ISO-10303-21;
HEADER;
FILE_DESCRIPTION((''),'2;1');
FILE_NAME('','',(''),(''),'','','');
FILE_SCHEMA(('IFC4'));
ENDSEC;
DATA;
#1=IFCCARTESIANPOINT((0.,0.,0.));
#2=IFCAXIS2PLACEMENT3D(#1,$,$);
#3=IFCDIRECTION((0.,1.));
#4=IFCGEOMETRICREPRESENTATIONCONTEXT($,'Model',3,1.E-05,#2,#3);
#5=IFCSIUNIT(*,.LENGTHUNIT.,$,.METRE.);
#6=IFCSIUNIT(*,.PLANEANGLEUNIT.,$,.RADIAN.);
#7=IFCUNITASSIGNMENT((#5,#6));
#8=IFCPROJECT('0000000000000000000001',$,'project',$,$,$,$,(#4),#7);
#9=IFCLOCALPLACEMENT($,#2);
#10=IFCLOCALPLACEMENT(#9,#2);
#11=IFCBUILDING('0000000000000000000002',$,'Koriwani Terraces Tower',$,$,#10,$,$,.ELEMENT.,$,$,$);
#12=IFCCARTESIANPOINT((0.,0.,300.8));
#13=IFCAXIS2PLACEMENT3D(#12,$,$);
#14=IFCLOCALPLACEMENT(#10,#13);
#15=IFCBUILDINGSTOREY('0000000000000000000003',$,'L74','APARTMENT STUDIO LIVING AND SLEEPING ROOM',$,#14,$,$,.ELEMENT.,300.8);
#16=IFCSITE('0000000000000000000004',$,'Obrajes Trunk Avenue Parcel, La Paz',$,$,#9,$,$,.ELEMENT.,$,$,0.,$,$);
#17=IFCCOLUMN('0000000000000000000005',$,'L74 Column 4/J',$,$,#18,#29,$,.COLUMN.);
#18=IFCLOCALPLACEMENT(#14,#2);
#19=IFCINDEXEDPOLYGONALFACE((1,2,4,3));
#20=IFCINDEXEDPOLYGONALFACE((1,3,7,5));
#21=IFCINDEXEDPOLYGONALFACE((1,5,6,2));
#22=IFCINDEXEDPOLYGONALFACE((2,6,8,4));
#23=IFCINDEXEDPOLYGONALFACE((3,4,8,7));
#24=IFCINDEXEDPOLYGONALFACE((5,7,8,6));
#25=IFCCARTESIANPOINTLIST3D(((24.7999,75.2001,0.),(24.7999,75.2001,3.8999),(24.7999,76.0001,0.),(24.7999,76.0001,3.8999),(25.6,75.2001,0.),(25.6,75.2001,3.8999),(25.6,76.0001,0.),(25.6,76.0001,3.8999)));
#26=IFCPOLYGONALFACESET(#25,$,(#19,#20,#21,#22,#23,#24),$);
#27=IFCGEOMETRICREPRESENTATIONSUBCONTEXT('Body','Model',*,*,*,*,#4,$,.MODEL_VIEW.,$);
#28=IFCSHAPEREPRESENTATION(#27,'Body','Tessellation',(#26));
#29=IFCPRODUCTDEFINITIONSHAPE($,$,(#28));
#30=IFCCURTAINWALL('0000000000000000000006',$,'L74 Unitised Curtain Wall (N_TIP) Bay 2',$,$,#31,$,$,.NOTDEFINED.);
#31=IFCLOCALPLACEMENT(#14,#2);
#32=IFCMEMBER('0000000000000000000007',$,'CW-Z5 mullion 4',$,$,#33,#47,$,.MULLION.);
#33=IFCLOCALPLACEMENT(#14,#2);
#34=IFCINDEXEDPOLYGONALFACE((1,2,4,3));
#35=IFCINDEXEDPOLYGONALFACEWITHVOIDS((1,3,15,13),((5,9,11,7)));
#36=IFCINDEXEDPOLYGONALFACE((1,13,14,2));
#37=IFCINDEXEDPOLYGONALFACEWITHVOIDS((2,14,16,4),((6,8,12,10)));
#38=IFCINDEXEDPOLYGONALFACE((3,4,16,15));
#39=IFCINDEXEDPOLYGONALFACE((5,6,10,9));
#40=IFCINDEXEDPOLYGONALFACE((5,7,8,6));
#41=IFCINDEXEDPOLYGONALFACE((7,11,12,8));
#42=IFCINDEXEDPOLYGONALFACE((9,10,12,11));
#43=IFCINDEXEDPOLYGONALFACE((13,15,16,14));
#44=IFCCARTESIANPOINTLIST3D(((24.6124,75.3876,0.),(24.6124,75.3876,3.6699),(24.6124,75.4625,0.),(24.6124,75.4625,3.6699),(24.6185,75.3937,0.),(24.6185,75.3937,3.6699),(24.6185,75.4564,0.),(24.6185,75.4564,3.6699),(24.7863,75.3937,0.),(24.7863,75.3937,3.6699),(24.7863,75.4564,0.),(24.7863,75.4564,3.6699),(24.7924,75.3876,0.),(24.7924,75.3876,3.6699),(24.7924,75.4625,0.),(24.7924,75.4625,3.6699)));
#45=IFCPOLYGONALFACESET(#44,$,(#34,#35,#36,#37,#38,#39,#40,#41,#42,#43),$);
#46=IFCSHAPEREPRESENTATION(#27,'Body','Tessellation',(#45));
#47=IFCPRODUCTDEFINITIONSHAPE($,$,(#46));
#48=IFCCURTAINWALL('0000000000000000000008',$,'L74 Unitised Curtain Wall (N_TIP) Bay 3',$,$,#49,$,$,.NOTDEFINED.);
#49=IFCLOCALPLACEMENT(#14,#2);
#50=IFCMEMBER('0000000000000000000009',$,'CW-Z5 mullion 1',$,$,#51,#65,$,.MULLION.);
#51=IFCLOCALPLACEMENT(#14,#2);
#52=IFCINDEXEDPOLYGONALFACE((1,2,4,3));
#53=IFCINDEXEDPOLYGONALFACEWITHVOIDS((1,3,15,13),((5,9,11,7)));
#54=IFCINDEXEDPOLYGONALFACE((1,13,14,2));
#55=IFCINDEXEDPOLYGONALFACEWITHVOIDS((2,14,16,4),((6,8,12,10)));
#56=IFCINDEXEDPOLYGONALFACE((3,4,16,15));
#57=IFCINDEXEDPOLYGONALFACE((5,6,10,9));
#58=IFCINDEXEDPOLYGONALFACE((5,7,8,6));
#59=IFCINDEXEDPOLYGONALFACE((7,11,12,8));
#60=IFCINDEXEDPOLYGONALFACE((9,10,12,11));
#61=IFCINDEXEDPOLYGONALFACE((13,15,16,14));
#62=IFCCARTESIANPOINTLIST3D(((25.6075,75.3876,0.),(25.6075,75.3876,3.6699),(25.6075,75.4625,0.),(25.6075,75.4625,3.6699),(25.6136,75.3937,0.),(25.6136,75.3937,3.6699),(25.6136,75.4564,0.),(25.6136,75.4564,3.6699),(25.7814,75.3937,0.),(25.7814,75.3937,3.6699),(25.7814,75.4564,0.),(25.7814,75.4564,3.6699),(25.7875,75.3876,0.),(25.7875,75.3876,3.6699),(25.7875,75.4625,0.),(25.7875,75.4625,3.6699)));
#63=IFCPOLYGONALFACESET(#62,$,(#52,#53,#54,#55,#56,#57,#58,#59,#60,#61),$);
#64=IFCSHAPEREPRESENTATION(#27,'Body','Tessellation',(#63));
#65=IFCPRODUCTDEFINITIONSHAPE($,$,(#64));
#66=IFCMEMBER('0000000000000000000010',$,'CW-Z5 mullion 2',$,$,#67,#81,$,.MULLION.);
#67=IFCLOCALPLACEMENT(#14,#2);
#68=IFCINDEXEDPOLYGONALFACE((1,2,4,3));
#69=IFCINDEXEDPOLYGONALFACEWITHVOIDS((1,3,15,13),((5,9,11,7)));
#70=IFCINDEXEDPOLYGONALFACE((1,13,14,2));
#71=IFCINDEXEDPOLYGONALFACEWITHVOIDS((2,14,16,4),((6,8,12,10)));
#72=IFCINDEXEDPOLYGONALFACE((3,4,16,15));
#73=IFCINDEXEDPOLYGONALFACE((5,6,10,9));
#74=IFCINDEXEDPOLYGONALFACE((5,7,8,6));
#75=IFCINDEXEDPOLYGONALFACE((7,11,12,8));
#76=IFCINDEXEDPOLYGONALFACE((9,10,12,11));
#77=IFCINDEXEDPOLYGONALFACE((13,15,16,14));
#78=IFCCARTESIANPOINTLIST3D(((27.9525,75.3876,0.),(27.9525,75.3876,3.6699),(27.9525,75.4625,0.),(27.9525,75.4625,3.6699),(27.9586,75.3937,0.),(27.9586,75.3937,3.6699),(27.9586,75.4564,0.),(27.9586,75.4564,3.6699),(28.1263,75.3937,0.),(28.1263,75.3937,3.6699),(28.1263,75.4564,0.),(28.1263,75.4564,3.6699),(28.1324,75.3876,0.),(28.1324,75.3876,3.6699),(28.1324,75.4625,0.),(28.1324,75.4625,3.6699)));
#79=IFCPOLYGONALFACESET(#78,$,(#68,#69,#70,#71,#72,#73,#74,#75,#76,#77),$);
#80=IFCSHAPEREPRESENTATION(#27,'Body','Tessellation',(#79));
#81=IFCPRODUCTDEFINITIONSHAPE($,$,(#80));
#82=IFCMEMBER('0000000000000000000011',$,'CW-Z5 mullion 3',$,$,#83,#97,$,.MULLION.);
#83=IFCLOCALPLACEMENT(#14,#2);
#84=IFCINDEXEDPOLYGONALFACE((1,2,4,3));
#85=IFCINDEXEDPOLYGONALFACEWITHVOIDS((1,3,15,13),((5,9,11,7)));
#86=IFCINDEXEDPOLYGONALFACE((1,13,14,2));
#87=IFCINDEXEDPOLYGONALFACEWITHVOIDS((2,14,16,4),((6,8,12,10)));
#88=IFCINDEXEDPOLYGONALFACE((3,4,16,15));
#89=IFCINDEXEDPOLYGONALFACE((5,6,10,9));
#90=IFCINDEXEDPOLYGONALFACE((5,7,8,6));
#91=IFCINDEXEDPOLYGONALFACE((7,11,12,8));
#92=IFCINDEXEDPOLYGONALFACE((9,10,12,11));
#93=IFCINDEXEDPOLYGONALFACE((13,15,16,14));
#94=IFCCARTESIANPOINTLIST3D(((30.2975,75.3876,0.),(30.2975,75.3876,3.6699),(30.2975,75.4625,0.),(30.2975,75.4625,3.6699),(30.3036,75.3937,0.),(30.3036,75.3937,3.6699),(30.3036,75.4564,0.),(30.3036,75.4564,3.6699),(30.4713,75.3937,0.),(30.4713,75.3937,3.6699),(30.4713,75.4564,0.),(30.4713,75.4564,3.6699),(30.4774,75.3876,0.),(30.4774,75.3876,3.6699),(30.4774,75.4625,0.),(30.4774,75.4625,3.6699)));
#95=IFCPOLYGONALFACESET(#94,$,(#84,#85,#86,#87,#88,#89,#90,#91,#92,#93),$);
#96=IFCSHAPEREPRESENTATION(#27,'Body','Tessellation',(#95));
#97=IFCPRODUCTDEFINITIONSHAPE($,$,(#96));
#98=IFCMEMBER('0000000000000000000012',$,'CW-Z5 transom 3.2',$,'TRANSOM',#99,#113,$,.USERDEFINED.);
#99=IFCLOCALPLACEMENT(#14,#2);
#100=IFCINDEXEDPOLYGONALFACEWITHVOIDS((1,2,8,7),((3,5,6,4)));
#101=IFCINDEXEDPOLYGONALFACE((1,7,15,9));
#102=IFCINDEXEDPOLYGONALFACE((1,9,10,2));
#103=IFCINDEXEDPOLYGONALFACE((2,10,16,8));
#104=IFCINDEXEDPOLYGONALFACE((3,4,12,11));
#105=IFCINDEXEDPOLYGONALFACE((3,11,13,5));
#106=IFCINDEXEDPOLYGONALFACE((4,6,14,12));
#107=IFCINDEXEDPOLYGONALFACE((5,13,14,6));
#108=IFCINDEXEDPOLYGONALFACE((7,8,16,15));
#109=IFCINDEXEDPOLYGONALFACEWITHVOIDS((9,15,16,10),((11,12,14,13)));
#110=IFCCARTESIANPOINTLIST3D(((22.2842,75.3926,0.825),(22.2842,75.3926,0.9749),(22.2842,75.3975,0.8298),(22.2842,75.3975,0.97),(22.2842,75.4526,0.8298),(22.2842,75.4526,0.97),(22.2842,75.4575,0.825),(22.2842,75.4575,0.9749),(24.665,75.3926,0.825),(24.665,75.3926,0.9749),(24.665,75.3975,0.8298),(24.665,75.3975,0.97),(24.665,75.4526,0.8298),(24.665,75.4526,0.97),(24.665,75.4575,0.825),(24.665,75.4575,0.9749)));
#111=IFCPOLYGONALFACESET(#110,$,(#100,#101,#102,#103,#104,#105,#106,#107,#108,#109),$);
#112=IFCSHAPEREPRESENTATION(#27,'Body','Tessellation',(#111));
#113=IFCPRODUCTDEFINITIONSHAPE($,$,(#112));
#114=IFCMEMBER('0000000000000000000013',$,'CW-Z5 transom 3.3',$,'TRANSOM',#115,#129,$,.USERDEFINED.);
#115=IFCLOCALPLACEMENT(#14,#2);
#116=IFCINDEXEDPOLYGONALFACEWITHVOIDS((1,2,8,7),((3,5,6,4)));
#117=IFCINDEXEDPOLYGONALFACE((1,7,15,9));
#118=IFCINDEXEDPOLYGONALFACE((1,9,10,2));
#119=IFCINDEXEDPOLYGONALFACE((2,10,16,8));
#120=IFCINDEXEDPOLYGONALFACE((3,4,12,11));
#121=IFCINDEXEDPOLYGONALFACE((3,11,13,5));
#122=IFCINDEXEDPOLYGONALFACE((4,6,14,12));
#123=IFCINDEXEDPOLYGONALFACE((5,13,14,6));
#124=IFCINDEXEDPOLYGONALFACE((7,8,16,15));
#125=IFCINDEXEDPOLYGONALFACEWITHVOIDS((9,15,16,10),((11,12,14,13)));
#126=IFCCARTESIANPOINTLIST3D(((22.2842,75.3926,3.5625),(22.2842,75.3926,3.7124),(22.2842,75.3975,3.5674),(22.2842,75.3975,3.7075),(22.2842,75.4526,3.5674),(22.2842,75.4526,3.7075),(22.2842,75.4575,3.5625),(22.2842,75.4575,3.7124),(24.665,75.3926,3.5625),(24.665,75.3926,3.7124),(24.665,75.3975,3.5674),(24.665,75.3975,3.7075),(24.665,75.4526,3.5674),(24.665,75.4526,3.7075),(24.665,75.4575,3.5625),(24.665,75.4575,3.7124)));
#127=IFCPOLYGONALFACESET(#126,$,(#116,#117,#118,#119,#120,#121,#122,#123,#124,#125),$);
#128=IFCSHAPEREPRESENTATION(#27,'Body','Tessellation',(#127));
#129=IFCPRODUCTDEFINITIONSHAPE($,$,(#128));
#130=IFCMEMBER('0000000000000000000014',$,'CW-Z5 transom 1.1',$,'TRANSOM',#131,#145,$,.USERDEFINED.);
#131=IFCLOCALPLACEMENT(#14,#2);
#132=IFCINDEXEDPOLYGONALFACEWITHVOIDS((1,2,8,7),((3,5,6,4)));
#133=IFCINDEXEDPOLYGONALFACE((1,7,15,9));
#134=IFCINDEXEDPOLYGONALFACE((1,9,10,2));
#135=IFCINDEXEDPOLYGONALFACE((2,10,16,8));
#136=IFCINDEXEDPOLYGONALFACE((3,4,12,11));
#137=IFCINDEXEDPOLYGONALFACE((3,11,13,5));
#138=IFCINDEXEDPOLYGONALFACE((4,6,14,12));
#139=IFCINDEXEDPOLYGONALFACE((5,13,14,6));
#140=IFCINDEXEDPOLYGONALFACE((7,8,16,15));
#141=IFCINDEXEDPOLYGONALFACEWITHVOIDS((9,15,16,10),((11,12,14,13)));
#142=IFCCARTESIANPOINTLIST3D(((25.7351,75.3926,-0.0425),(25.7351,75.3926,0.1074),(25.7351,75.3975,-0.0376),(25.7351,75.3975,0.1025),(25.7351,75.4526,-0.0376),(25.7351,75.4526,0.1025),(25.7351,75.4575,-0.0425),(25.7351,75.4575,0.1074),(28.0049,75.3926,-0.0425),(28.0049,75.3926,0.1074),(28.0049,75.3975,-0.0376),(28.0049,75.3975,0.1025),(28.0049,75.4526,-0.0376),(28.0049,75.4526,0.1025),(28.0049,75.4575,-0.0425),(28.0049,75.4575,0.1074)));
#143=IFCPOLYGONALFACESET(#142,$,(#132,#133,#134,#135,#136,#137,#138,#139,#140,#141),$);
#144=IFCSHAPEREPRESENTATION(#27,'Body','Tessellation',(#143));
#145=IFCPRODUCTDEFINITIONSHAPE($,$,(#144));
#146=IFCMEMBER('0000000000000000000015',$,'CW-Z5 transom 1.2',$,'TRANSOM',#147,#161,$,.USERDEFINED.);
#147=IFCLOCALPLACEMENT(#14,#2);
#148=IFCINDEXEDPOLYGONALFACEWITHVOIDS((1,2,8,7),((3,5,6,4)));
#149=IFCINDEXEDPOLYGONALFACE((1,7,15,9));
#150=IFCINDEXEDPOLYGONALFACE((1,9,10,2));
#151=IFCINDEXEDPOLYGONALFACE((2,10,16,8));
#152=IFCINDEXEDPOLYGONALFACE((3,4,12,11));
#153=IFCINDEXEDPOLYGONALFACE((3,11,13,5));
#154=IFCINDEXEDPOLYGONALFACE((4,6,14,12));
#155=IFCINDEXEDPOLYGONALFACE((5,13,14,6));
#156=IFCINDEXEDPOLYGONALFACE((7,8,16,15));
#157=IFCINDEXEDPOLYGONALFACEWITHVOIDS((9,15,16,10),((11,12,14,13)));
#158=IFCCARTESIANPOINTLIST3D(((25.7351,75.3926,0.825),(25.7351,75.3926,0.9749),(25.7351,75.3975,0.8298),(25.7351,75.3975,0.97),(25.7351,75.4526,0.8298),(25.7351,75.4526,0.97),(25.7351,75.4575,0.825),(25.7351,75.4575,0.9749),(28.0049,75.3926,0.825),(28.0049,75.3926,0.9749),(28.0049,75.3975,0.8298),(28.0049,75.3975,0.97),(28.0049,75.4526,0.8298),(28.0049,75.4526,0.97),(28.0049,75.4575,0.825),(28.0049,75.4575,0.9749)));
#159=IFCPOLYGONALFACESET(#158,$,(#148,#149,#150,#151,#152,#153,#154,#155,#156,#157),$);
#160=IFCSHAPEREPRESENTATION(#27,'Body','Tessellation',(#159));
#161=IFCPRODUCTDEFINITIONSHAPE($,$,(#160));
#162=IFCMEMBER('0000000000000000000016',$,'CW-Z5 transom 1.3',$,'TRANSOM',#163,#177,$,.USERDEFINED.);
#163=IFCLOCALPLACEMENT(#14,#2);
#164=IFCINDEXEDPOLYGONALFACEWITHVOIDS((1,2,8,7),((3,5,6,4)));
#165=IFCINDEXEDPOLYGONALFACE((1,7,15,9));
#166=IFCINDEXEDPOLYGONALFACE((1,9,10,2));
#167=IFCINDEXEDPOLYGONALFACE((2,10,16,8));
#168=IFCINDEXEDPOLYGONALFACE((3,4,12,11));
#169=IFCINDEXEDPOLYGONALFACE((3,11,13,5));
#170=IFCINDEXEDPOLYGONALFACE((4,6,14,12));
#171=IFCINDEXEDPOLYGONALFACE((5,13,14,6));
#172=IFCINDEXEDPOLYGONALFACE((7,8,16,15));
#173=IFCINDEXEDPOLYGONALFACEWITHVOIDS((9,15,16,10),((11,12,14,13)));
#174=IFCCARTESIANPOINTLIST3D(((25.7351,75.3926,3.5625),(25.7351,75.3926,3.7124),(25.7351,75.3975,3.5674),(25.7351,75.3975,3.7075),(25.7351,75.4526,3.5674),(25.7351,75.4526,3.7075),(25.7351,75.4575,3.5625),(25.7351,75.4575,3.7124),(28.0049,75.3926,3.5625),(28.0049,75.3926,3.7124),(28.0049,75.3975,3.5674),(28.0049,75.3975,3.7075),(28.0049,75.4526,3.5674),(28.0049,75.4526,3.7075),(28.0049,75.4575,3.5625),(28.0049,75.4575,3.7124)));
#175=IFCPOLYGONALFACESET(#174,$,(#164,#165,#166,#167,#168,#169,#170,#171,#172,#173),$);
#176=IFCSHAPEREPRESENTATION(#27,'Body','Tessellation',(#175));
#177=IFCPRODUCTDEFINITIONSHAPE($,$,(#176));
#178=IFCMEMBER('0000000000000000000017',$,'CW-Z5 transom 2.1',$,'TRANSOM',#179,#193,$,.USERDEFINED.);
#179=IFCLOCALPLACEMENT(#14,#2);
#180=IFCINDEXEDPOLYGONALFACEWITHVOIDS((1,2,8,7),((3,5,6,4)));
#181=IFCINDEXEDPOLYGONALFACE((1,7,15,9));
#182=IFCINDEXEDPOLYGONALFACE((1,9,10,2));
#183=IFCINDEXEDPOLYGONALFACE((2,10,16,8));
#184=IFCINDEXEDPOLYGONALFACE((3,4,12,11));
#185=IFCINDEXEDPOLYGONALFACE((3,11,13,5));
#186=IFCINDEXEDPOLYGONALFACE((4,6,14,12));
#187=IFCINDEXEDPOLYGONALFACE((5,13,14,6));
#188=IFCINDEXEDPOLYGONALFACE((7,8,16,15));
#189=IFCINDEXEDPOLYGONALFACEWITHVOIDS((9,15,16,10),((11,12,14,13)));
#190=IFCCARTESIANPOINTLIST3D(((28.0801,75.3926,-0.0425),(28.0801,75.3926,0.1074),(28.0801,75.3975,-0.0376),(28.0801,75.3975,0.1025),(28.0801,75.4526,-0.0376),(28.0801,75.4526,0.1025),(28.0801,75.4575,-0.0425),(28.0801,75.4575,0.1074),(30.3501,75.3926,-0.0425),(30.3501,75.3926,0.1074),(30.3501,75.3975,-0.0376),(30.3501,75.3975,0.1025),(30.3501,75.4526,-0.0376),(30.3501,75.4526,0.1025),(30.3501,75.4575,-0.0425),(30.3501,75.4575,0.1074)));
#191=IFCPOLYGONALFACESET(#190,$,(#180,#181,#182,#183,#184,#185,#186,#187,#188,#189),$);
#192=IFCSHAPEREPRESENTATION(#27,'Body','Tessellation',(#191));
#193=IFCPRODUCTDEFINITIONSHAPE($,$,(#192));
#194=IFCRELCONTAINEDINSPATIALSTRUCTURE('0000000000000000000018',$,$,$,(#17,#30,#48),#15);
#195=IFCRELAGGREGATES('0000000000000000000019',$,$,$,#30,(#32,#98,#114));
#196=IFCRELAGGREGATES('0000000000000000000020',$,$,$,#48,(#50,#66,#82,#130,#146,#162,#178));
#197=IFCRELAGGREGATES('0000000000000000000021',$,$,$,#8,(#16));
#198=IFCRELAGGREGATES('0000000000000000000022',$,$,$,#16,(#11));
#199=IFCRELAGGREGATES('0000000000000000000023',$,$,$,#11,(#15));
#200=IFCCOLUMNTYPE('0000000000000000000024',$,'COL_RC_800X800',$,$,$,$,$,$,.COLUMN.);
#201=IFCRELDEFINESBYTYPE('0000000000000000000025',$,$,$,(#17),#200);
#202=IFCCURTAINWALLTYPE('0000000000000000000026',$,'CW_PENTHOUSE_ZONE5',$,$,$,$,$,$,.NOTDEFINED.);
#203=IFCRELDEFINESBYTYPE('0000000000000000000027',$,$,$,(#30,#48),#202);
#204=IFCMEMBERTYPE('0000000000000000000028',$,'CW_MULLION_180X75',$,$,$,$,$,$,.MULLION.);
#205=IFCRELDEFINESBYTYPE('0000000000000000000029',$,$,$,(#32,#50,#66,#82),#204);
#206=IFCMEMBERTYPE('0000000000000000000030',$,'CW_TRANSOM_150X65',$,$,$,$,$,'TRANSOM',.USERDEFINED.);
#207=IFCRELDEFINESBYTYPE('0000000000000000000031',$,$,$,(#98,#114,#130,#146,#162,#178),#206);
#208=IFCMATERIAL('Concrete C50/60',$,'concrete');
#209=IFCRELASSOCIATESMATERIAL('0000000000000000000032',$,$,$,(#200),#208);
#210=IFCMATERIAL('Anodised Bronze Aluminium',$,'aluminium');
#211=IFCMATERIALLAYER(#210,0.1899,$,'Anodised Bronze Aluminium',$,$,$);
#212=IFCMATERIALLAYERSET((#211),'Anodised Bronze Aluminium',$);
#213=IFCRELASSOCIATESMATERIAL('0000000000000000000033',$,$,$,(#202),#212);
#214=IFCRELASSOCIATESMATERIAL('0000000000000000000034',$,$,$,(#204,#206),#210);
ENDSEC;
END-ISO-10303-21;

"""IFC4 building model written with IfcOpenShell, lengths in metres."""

from ifc_helpers import new_model, si_unit, direction, frame, origin, origin_2d, place, context, subcontext, project, spatial, rectangle, hollow_rectangle, extrude, material, layer, layer_set, material_profile, profile_set, type_object, element, aggregate, save


model = new_model("IFC4")

# Units and contexts
model_context = context("Model", 3, precision=1e-05, world=origin(), true_north=direction((0.0, 1.0)))
body_context = subcontext(model_context, "Body", "Model", "MODEL_VIEW")
ifc_project = project(units=[si_unit("LENGTHUNIT", "METRE"), si_unit("PLANEANGLEUNIT", "RADIAN")], contexts=[model_context])

# Site, building, storey
site_placement = place(None, origin())
site = spatial("IfcSite", under=ifc_project, at=site_placement, Name="Obrajes Trunk Avenue Parcel, La Paz", CompositionType="ELEMENT", RefElevation=0.0)
building_placement = place(site_placement, origin())
building = spatial("IfcBuilding", under=site, at=building_placement, Name="Koriwani Terraces Tower", CompositionType="ELEMENT")
storey_placement = place(building_placement, frame((0.0, 0.0, 300.8)))
storey = spatial("IfcBuildingStorey", under=building, at=storey_placement, Name="L74", Description="APARTMENT STUDIO LIVING AND SLEEPING ROOM", CompositionType="ELEMENT", Elevation=300.8)

# Column
ifc_material_1 = material(Name="Concrete C50/60", Category="concrete")
ifc_material_profile_1 = material_profile(ifc_material_1, rectangle(XDim=0.8, YDim=0.8, at=origin_2d()), Name="Concrete C50/60", Category="LoadBearing")
ifc_profile_set_1 = profile_set([ifc_material_profile_1], Name="Concrete C50/60")
column_type = type_object("IfcColumnType", Name="COL_RC_800X800", PredefinedType="COLUMN", material=ifc_profile_set_1)
column_placement = place(storey_placement, frame((25.2, 75.6001, 0.0), z_axis=(0.0, 0.0, 1.0), x_axis=(1.0, 0.0, 0.0)))
element("IfcColumn", 1, at=column_placement, inside=storey, type_object=column_type, Name="L74 Column 4/J", PredefinedType="COLUMN", context=body_context, shape_type="SweptSolid", body=[
    extrude(rectangle(XDim=0.8, YDim=0.8, at=origin_2d()), origin(), (0.0, 0.0, 1.0), 3.8999),
])

# Curtain wall, member
ifc_material_2 = material(Name="Anodised Bronze Aluminium", Category="aluminium")
ifc_layer_1 = layer(ifc_material_2, 0.1899, Name="Anodised Bronze Aluminium")
ifc_layer_set_1 = layer_set([ifc_layer_1], Name="Anodised Bronze Aluminium")
curtain_wall_type = type_object("IfcCurtainWallType", Name="CW_PENTHOUSE_ZONE5", PredefinedType="NOTDEFINED", material=ifc_layer_set_1)
curtain_wall_1_placement = place(storey_placement, origin())
curtain_wall_1 = element("IfcCurtainWall", 2, at=curtain_wall_1_placement, inside=storey, type_object=curtain_wall_type, Name="L74 Unitised Curtain Wall (N_TIP) Bay 2", PredefinedType="NOTDEFINED")
ifc_material_profile_2 = material_profile(ifc_material_2, hollow_rectangle(XDim=0.075, YDim=0.1799, WallThickness=0.0061, at=origin_2d()), Name="Anodised Bronze Aluminium", Category="LoadBearing")
ifc_profile_set_2 = profile_set([ifc_material_profile_2], Name="Anodised Bronze Aluminium")
member_type_1 = type_object("IfcMemberType", Name="CW_MULLION_180X75", PredefinedType="MULLION", material=ifc_profile_set_2)
member_1_placement = place(storey_placement, frame((24.7024, 75.425, 0.0), z_axis=(0.0, 0.0, 1.0), x_axis=(0.0, 1.0, 0.0)))
member_1 = element("IfcMember", 3, at=member_1_placement, type_object=member_type_1, Name="CW-Z5 mullion 4", PredefinedType="MULLION", context=body_context, shape_type="SweptSolid", body=[
    extrude(hollow_rectangle(XDim=0.075, YDim=0.1799, WallThickness=0.0061, at=origin_2d()), origin(), (0.0, 0.0, 1.0), 3.6699),
])

# Curtain wall, members
curtain_wall_2_placement = place(storey_placement, origin())
curtain_wall_2 = element("IfcCurtainWall", 4, at=curtain_wall_2_placement, inside=storey, type_object=curtain_wall_type, Name="L74 Unitised Curtain Wall (N_TIP) Bay 3", PredefinedType="NOTDEFINED")
member_2_placement = place(storey_placement, frame((25.6975, 75.425, 0.0), z_axis=(0.0, 0.0, 1.0), x_axis=(0.0, 1.0, 0.0)))
member_2 = element("IfcMember", 5, at=member_2_placement, type_object=member_type_1, Name="CW-Z5 mullion 1", PredefinedType="MULLION", context=body_context, shape_type="SweptSolid", body=[
    extrude(hollow_rectangle(XDim=0.075, YDim=0.1799, WallThickness=0.0061, at=origin_2d()), origin(), (0.0, 0.0, 1.0), 3.6699),
])
member_3_placement = place(storey_placement, frame((28.0425, 75.425, 0.0), z_axis=(0.0, 0.0, 1.0), x_axis=(0.0, 1.0, 0.0)))
member_3 = element("IfcMember", 6, at=member_3_placement, type_object=member_type_1, Name="CW-Z5 mullion 2", PredefinedType="MULLION", context=body_context, shape_type="SweptSolid", body=[
    extrude(hollow_rectangle(XDim=0.075, YDim=0.1799, WallThickness=0.0061, at=origin_2d()), origin(), (0.0, 0.0, 1.0), 3.6699),
])
member_4_placement = place(storey_placement, frame((30.3875, 75.425, 0.0), z_axis=(0.0, 0.0, 1.0), x_axis=(0.0, 1.0, 0.0)))
member_4 = element("IfcMember", 7, at=member_4_placement, type_object=member_type_1, Name="CW-Z5 mullion 3", PredefinedType="MULLION", context=body_context, shape_type="SweptSolid", body=[
    extrude(hollow_rectangle(XDim=0.075, YDim=0.1799, WallThickness=0.0061, at=origin_2d()), origin(), (0.0, 0.0, 1.0), 3.6699),
])

# Members
ifc_material_profile_3 = material_profile(ifc_material_2, hollow_rectangle(XDim=0.0649, YDim=0.1499, WallThickness=0.0049, at=origin_2d()), Name="Anodised Bronze Aluminium", Category="LoadBearing")
ifc_profile_set_3 = profile_set([ifc_material_profile_3], Name="Anodised Bronze Aluminium")
member_type_2 = type_object("IfcMemberType", Name="CW_TRANSOM_150X65", ElementType="TRANSOM", PredefinedType="USERDEFINED", material=ifc_profile_set_3)
member_5_placement = place(storey_placement, frame((22.2842, 75.425, 0.8999), z_axis=(1.0, 0.0, 0.0), x_axis=(0.0, 1.0, 0.0)))
member_5 = element("IfcMember", 8, at=member_5_placement, type_object=member_type_2, Name="CW-Z5 transom 3.2", ObjectType="TRANSOM", PredefinedType="USERDEFINED", context=body_context, shape_type="SweptSolid", body=[
    extrude(hollow_rectangle(XDim=0.0649, YDim=0.1499, WallThickness=0.0049, at=origin_2d()), origin(), (0.0, 0.0, 1.0), 2.3809),
])
member_6_placement = place(storey_placement, frame((22.2842, 75.425, 3.6375), z_axis=(1.0, 0.0, 0.0), x_axis=(0.0, 1.0, 0.0)))
member_6 = element("IfcMember", 9, at=member_6_placement, type_object=member_type_2, Name="CW-Z5 transom 3.3", ObjectType="TRANSOM", PredefinedType="USERDEFINED", context=body_context, shape_type="SweptSolid", body=[
    extrude(hollow_rectangle(XDim=0.0649, YDim=0.1499, WallThickness=0.0049, at=origin_2d()), origin(), (0.0, 0.0, 1.0), 2.3809),
])
member_7_placement = place(storey_placement, frame((25.7351, 75.425, 0.0325), z_axis=(1.0, 0.0, 0.0), x_axis=(0.0, 1.0, 0.0)))
member_7 = element("IfcMember", 10, at=member_7_placement, type_object=member_type_2, Name="CW-Z5 transom 1.1", ObjectType="TRANSOM", PredefinedType="USERDEFINED", context=body_context, shape_type="SweptSolid", body=[
    extrude(hollow_rectangle(XDim=0.0649, YDim=0.1499, WallThickness=0.0049, at=origin_2d()), origin(), (0.0, 0.0, 1.0), 2.2698),
])
member_8_placement = place(storey_placement, frame((25.7351, 75.425, 0.8999), z_axis=(1.0, 0.0, 0.0), x_axis=(0.0, 1.0, 0.0)))
member_8 = element("IfcMember", 11, at=member_8_placement, type_object=member_type_2, Name="CW-Z5 transom 1.2", ObjectType="TRANSOM", PredefinedType="USERDEFINED", context=body_context, shape_type="SweptSolid", body=[
    extrude(hollow_rectangle(XDim=0.0649, YDim=0.1499, WallThickness=0.0049, at=origin_2d()), origin(), (0.0, 0.0, 1.0), 2.2698),
])
member_9_placement = place(storey_placement, frame((25.7351, 75.425, 3.6375), z_axis=(1.0, 0.0, 0.0), x_axis=(0.0, 1.0, 0.0)))
member_9 = element("IfcMember", 12, at=member_9_placement, type_object=member_type_2, Name="CW-Z5 transom 1.3", ObjectType="TRANSOM", PredefinedType="USERDEFINED", context=body_context, shape_type="SweptSolid", body=[
    extrude(hollow_rectangle(XDim=0.0649, YDim=0.1499, WallThickness=0.0049, at=origin_2d()), origin(), (0.0, 0.0, 1.0), 2.2698),
])
member_10_placement = place(storey_placement, frame((28.0801, 75.425, 0.0325), z_axis=(1.0, 0.0, 0.0), x_axis=(0.0, 1.0, 0.0)))
member_10 = element("IfcMember", 13, at=member_10_placement, type_object=member_type_2, Name="CW-Z5 transom 2.1", ObjectType="TRANSOM", PredefinedType="USERDEFINED", context=body_context, shape_type="SweptSolid", body=[
    extrude(hollow_rectangle(XDim=0.0649, YDim=0.1499, WallThickness=0.0049, at=origin_2d()), origin(), (0.0, 0.0, 1.0), 2.27),
])

aggregate(curtain_wall_1, [member_1, member_5, member_6])
aggregate(curtain_wall_2, [member_2, member_3, member_4, member_7, member_8, member_9, member_10])

save(model, "model.ifc")
